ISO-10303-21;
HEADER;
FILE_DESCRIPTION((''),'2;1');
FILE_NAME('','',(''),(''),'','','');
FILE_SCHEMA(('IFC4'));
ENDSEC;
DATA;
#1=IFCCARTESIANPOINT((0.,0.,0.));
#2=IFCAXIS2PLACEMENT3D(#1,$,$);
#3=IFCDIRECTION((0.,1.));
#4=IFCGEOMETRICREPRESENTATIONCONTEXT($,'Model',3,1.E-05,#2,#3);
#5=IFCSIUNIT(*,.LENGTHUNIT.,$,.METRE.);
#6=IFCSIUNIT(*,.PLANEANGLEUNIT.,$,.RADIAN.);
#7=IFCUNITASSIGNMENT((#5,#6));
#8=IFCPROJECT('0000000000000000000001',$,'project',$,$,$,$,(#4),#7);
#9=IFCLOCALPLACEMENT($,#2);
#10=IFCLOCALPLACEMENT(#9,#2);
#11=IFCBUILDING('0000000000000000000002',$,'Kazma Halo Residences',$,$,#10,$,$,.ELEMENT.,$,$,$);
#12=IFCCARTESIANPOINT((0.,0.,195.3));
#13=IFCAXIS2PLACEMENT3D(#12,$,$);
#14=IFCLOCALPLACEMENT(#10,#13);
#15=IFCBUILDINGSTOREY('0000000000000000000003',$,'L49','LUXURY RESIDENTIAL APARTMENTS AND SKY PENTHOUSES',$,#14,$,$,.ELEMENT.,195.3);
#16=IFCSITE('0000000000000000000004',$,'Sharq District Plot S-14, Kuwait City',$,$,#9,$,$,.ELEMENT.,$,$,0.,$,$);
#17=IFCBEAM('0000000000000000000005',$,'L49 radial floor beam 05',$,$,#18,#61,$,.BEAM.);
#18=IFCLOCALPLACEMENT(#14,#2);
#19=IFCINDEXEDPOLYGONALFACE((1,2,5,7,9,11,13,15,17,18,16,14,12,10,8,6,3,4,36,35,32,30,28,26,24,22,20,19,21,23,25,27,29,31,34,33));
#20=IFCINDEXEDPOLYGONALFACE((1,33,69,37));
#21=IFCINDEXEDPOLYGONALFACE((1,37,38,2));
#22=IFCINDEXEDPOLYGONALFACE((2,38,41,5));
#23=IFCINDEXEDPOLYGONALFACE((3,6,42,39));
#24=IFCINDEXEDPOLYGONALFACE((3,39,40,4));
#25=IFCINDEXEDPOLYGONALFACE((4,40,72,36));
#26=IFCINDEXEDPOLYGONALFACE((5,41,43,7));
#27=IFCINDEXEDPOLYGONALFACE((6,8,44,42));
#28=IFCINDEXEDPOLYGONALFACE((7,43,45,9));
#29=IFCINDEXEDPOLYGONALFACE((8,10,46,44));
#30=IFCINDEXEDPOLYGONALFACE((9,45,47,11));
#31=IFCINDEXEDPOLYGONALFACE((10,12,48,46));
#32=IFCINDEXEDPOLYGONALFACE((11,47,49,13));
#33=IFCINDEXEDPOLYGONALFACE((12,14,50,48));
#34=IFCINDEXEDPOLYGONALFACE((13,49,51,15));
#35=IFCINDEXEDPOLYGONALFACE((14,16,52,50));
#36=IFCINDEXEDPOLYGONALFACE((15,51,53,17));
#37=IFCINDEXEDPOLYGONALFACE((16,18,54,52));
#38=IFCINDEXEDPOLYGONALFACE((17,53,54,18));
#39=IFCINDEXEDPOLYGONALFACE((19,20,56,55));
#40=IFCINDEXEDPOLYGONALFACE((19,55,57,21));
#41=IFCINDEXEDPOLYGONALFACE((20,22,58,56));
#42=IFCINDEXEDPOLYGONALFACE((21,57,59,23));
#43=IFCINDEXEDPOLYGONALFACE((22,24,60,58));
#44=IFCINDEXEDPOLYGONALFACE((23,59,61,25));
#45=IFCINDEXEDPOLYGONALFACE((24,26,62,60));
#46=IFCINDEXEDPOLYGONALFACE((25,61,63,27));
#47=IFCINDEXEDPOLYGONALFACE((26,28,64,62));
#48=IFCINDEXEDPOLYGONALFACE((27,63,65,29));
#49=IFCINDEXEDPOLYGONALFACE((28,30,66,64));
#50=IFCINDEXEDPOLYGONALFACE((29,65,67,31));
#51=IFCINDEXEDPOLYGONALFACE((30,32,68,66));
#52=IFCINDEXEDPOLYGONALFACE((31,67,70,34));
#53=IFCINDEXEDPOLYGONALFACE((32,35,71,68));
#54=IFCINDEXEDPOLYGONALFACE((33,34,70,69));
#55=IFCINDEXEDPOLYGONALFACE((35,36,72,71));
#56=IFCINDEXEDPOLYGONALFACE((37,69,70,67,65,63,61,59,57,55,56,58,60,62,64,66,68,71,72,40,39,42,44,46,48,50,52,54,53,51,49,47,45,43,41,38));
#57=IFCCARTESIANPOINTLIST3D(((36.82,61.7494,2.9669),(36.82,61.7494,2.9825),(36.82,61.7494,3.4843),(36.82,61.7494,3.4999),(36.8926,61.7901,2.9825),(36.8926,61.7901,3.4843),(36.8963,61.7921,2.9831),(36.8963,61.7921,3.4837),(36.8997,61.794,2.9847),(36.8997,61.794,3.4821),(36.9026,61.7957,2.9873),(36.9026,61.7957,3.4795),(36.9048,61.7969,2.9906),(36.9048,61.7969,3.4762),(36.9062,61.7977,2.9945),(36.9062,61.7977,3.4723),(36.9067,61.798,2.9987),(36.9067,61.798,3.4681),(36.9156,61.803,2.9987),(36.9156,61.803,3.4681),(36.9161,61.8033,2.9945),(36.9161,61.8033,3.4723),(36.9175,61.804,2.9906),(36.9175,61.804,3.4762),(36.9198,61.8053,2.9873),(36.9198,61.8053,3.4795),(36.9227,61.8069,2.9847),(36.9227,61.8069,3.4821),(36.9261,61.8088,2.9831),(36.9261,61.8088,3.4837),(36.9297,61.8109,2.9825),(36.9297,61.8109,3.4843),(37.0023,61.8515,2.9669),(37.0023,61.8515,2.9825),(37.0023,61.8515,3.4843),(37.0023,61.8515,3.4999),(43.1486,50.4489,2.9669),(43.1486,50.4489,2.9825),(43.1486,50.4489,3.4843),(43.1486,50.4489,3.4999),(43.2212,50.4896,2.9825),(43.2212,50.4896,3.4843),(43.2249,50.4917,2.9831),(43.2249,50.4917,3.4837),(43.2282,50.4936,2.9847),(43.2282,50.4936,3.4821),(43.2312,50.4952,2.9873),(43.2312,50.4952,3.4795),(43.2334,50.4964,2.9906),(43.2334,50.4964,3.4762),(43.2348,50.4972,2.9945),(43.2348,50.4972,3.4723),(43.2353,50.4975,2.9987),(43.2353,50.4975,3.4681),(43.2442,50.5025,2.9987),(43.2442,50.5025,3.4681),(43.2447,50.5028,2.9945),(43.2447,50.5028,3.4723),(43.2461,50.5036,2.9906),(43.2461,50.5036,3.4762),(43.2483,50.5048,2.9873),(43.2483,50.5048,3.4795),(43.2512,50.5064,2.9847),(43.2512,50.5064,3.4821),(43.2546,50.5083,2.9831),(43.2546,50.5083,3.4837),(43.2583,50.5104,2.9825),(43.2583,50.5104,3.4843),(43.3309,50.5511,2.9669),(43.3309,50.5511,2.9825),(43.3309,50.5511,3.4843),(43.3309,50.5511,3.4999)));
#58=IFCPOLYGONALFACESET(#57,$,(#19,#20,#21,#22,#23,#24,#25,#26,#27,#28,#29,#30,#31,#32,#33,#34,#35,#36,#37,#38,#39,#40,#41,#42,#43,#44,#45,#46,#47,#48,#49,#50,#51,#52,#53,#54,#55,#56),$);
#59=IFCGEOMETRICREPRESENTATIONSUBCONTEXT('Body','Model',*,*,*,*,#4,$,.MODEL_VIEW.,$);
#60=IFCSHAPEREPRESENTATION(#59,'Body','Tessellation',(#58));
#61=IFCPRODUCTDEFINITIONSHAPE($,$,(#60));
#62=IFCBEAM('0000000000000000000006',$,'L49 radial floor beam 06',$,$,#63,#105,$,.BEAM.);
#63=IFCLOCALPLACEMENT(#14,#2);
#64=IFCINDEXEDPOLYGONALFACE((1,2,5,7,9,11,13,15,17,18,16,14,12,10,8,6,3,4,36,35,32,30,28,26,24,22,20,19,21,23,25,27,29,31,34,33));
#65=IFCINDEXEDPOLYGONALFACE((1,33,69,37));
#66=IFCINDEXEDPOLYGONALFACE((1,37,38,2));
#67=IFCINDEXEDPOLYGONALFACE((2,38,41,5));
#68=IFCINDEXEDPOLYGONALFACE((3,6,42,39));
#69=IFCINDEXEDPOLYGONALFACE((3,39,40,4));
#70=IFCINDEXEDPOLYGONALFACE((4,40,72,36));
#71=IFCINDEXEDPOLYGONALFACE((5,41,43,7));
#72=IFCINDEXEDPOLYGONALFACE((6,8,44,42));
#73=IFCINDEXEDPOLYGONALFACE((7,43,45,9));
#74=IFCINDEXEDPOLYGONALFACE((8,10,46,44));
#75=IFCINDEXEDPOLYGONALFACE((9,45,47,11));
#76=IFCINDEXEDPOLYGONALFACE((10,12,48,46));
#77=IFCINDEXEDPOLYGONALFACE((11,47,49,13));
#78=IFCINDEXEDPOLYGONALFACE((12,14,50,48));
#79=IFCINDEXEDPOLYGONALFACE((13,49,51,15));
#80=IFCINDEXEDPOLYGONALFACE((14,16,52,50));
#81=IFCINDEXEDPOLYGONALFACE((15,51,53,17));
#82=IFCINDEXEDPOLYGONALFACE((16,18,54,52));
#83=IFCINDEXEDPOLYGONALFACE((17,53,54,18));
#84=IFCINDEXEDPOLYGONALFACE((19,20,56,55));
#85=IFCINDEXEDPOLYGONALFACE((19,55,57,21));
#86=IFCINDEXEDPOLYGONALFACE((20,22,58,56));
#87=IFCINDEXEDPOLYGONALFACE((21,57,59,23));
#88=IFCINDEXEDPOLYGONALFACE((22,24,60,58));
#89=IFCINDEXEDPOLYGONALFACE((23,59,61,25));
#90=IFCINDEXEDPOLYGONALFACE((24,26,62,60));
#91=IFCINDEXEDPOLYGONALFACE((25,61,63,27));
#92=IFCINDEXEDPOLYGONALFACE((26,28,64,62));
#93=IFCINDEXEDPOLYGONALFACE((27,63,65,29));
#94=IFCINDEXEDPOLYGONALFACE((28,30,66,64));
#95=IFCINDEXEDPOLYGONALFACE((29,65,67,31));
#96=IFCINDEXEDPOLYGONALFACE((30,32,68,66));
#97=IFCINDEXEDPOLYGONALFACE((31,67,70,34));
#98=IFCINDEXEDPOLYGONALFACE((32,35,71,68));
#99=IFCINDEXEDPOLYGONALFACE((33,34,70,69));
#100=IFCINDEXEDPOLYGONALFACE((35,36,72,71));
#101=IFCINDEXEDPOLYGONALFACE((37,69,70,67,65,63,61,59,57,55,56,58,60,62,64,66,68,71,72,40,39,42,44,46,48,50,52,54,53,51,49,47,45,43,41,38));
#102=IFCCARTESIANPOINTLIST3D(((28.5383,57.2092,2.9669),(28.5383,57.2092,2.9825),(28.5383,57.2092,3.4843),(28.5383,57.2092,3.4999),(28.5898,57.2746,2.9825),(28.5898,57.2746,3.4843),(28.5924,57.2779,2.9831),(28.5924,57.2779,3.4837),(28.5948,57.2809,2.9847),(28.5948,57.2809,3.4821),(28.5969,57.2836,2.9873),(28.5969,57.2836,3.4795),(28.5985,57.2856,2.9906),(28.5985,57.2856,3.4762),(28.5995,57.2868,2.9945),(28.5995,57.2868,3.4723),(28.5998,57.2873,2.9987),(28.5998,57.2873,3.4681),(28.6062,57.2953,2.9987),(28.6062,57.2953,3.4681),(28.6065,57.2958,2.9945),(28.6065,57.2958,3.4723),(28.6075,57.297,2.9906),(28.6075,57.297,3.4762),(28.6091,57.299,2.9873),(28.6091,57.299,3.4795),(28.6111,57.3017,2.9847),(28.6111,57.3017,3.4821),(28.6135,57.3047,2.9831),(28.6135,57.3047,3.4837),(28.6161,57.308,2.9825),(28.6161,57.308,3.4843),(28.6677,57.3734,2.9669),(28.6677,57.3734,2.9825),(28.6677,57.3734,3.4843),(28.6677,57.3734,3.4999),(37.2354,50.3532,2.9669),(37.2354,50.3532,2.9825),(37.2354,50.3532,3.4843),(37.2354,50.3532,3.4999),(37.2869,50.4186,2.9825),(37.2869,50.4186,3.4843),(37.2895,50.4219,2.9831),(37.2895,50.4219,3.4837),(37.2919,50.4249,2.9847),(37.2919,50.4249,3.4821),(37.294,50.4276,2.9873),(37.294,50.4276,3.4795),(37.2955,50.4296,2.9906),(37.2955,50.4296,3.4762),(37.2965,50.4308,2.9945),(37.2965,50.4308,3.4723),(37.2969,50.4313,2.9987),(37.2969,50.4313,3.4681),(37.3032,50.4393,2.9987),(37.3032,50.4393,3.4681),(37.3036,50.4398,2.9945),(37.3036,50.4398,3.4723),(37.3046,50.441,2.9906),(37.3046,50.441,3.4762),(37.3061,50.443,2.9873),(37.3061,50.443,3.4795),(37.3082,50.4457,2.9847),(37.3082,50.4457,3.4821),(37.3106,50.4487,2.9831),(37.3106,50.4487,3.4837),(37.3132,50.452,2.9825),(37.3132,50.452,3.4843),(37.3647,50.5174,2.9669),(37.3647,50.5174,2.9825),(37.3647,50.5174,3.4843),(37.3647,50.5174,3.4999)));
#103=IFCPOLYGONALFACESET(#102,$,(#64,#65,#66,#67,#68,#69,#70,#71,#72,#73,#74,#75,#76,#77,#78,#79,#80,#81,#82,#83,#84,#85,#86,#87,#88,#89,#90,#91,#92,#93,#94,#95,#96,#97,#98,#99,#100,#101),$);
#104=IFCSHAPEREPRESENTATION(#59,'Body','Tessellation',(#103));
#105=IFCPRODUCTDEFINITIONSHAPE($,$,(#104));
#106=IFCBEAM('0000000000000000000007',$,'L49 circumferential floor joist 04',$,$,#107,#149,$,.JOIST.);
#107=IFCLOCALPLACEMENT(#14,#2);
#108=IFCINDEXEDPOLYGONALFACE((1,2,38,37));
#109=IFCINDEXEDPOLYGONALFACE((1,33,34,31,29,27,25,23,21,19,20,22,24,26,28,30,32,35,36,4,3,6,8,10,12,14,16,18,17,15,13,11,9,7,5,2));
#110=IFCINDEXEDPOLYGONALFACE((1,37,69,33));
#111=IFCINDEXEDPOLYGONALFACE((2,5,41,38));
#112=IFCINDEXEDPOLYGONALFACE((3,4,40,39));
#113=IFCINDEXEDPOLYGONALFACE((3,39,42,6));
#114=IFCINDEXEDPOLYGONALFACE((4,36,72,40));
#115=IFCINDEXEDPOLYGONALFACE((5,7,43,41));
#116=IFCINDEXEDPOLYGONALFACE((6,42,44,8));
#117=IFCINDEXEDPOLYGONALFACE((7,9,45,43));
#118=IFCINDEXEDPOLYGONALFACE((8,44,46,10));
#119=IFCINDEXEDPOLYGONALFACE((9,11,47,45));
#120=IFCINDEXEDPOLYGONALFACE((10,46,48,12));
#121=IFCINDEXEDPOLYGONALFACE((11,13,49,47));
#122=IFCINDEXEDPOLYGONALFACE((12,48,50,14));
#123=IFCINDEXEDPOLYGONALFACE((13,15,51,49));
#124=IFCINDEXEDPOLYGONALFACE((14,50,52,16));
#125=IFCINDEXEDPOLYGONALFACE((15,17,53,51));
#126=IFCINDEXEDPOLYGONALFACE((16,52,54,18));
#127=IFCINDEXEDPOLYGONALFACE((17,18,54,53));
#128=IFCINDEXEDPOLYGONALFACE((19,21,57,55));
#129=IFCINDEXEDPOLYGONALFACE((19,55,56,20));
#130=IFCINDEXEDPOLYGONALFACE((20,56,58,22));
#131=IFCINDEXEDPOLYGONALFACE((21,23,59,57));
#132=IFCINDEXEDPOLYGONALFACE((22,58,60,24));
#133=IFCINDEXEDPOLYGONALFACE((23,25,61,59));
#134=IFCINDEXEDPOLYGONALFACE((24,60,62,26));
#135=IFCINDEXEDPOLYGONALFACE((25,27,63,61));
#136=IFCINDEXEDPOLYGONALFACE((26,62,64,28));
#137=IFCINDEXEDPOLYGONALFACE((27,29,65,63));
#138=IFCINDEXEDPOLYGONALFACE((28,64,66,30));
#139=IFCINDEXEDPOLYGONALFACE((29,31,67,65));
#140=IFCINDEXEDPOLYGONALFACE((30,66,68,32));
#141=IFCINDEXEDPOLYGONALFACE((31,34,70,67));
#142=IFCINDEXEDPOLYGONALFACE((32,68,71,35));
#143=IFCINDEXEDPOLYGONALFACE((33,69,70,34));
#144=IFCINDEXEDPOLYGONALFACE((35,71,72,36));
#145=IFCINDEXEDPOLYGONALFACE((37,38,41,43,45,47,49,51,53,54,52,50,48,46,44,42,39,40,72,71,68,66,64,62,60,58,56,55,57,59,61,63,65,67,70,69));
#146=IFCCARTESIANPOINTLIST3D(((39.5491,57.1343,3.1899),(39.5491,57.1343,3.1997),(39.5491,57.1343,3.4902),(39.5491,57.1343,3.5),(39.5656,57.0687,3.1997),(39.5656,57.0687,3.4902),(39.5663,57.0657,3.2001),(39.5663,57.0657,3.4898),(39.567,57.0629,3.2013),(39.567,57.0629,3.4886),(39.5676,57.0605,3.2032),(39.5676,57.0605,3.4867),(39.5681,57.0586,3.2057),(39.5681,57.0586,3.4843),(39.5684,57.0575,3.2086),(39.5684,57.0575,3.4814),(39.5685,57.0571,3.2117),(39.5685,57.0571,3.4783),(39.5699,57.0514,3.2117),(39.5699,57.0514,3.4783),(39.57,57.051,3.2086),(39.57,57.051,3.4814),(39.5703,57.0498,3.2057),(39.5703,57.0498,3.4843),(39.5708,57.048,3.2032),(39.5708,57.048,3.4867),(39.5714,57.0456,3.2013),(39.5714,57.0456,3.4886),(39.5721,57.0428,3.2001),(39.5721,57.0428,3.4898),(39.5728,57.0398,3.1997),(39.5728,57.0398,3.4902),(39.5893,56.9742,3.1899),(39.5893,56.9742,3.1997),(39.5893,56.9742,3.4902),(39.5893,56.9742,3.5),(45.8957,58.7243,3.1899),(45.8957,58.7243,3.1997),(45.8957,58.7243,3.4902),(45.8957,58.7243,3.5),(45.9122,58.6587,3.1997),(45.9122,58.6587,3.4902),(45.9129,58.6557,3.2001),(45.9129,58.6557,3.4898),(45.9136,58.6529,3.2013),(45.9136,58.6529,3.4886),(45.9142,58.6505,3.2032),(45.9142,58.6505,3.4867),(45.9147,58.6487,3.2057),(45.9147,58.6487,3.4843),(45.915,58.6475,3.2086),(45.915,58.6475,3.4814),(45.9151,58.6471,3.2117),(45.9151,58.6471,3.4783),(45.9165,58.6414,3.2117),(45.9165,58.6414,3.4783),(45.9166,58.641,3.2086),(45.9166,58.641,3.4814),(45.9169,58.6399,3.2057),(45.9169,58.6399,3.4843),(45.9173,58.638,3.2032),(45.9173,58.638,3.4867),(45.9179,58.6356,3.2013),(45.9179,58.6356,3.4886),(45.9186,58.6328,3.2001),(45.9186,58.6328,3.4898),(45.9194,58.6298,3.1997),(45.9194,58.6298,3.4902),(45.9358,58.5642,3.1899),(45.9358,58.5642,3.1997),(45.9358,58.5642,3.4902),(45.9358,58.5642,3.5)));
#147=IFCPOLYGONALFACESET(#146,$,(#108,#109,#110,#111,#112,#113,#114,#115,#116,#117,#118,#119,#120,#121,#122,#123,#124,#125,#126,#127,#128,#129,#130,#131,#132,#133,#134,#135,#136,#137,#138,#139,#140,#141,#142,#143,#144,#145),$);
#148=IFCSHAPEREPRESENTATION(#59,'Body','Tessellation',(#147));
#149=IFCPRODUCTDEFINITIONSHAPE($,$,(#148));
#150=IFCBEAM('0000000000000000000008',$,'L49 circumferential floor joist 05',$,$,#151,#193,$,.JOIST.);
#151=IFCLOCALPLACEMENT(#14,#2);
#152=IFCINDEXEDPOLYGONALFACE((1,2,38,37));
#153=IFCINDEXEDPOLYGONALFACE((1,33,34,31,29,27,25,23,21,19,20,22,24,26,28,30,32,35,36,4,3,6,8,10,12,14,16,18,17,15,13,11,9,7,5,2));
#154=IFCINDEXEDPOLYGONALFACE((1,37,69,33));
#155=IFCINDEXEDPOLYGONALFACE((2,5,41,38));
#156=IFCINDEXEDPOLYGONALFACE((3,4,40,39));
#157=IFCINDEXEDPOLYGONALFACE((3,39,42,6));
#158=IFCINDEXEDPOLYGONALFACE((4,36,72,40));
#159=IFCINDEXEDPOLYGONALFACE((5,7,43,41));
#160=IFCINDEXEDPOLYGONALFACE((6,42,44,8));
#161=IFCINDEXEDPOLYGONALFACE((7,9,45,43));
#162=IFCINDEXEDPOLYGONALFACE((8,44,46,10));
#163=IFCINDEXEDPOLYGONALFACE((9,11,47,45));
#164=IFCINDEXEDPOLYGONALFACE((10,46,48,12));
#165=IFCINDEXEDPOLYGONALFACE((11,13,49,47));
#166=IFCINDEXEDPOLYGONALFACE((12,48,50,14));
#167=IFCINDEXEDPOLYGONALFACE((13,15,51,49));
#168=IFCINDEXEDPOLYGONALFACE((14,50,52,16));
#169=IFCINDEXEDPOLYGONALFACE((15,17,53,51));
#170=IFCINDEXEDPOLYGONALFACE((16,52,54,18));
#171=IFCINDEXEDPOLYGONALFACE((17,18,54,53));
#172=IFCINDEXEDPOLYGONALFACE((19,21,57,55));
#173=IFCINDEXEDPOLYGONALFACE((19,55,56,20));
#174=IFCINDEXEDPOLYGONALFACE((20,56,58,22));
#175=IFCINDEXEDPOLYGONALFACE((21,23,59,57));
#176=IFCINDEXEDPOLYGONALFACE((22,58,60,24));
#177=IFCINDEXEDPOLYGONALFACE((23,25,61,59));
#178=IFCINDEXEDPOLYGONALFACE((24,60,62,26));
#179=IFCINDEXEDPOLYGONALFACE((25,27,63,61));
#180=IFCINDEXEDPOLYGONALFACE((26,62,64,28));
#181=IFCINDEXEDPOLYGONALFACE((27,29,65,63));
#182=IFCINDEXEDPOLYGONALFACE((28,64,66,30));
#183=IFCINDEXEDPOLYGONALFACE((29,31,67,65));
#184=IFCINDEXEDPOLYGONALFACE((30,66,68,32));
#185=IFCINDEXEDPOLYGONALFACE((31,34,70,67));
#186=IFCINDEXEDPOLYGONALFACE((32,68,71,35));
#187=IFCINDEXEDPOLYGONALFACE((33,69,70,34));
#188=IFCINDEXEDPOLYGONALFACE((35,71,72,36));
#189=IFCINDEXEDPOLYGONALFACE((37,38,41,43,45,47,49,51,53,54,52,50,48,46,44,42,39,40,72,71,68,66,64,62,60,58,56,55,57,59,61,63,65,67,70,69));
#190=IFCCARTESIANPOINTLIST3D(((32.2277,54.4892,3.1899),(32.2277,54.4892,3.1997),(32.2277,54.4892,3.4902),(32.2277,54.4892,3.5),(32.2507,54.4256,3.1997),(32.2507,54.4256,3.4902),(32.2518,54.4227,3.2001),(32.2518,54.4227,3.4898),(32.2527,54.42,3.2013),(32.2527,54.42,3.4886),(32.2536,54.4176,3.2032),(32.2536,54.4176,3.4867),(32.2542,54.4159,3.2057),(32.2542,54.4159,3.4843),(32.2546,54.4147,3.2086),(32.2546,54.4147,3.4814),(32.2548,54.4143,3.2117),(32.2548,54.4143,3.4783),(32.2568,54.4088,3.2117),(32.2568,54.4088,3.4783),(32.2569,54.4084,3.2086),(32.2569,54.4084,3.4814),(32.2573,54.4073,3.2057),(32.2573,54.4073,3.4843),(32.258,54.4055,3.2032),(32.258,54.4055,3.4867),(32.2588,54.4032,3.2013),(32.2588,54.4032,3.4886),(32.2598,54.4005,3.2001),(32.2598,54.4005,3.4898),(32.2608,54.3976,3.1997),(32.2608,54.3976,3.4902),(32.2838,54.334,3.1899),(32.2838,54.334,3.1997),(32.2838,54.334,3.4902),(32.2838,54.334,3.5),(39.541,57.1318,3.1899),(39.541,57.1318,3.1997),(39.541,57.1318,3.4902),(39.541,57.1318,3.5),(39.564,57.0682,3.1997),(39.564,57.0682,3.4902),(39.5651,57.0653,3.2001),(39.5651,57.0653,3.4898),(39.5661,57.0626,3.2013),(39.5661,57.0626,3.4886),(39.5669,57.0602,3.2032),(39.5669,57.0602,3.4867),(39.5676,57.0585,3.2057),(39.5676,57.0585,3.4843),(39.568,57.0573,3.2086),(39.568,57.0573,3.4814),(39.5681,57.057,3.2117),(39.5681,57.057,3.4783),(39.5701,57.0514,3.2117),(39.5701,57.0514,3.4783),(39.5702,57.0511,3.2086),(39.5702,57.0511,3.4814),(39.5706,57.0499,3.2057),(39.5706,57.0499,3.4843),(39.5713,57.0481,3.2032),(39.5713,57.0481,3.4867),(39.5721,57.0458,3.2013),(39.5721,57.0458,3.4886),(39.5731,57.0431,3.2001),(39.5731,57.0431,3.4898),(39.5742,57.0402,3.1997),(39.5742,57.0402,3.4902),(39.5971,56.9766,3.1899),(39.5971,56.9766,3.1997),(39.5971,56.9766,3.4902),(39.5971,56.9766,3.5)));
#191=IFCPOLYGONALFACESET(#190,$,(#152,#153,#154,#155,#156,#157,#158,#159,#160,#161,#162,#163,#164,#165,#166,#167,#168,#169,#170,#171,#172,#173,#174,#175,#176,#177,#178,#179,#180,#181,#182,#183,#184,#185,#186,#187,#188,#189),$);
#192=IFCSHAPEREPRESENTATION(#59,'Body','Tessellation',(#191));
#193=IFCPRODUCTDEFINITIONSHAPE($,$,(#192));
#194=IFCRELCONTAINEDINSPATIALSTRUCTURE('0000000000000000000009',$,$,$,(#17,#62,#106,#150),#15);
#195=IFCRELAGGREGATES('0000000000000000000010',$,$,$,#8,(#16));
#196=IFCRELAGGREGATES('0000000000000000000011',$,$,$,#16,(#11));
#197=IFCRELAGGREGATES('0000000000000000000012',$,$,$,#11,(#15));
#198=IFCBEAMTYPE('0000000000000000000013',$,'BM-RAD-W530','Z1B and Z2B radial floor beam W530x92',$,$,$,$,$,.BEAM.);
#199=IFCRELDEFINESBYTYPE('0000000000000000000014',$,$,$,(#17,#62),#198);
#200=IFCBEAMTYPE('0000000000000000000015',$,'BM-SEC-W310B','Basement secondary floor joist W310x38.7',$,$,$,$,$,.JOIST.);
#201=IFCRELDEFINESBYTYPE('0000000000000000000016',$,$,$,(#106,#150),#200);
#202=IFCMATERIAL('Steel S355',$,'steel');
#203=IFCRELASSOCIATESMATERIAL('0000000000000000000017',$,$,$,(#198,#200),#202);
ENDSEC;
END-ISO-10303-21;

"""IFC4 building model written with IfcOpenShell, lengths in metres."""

from ifc_helpers import new_model, si_unit, direction, frame, origin, origin_2d, place, context, subcontext, project, spatial, i_section, extrude, material, material_profile, profile_set, type_object, element, save


model = new_model("IFC4")

# Units and contexts
model_context = context("Model", 3, precision=1e-05, world=origin(), true_north=direction((0.0, 1.0)))
body_context = subcontext(model_context, "Body", "Model", "MODEL_VIEW")
ifc_project = project(units=[si_unit("LENGTHUNIT", "METRE"), si_unit("PLANEANGLEUNIT", "RADIAN")], contexts=[model_context])

# Site, building, storey
site_placement = place(None, origin())
site = spatial("IfcSite", under=ifc_project, at=site_placement, Name="Sharq District Plot S-14, Kuwait City", CompositionType="ELEMENT", RefElevation=0.0)
building_placement = place(site_placement, origin())
building = spatial("IfcBuilding", under=site, at=building_placement, Name="Kazma Halo Residences", CompositionType="ELEMENT")
storey_placement = place(building_placement, frame((0.0, 0.0, 195.3)))
storey = spatial("IfcBuildingStorey", under=building, at=storey_placement, Name="L49", Description="LUXURY RESIDENTIAL APARTMENTS AND SKY PENTHOUSES", CompositionType="ELEMENT", Elevation=195.3)

# Beams
ifc_material_1 = material(Name="Steel S355", Category="steel")
ifc_material_profile_1 = material_profile(ifc_material_1, i_section(OverallWidth=0.209, OverallDepth=0.533, WebThickness=0.0103, FlangeThickness=0.0156, FilletRadius=0.0161, at=origin_2d()), Name="W530x92")
ifc_profile_set_1 = profile_set([ifc_material_profile_1], Name="Steel S355")
beam_type_1 = type_object("IfcBeamType", Name="BM-RAD-W530", Description="Z1B and Z2B radial floor beam W530x92", PredefinedType="BEAM", material=ifc_profile_set_1)
beam_1_placement = place(storey_placement, frame((43.2397, 50.5, 3.2334), z_axis=(-0.488622, 0.872496, 0.0), x_axis=(-0.872496, -0.488622, 0.0)))
element("IfcBeam", 1, at=beam_1_placement, inside=storey, type_object=beam_type_1, Name="L49 radial floor beam 05", PredefinedType="BEAM", context=body_context, shape_type="SweptSolid", body=[
    extrude(i_section(OverallWidth=0.209, OverallDepth=0.533, WebThickness=0.0103, FlangeThickness=0.0156, FilletRadius=0.0161, at=origin_2d()), origin(), (0.0, 0.0, 1.0), 12.9519),
])
beam_2_placement = place(storey_placement, frame((37.3, 50.4353, 3.2334), z_axis=(-0.785327, 0.619082, 0.0), x_axis=(-0.619082, -0.785327, 0.0)))
element("IfcBeam", 2, at=beam_2_placement, inside=storey, type_object=beam_type_1, Name="L49 radial floor beam 06", PredefinedType="BEAM", context=body_context, shape_type="SweptSolid", body=[
    extrude(i_section(OverallWidth=0.209, OverallDepth=0.533, WebThickness=0.0103, FlangeThickness=0.0156, FilletRadius=0.0161, at=origin_2d()), origin(), (0.0, 0.0, 1.0), 11.0745),
])
ifc_material_profile_2 = material_profile(ifc_material_1, i_section(OverallWidth=0.165, OverallDepth=0.3101, WebThickness=0.0059, FlangeThickness=0.0098, FilletRadius=0.012, at=origin_2d()), Name="W310x38.7")
ifc_profile_set_2 = profile_set([ifc_material_profile_2], Name="Steel S355")
beam_type_2 = type_object("IfcBeamType", Name="BM-SEC-W310B", Description="Basement secondary floor joist W310x38.7", PredefinedType="JOIST", material=ifc_profile_set_2)
beam_3_placement = place(storey_placement, frame((45.9158, 58.6443, 3.345), z_axis=(-0.970019, -0.243027, 0.0), x_axis=(0.243027, -0.970019, 0.0)))
element("IfcBeam", 3, at=beam_3_placement, inside=storey, type_object=beam_type_2, Name="L49 circumferential floor joist 04", PredefinedType="JOIST", context=body_context, shape_type="SweptSolid", body=[
    extrude(i_section(OverallWidth=0.165, OverallDepth=0.3101, WebThickness=0.0059, FlangeThickness=0.0098, FilletRadius=0.012, at=origin_2d()), origin(), (0.0, 0.0, 1.0), 6.5427),
])
beam_4_placement = place(storey_placement, frame((39.5691, 57.0542, 3.345), z_axis=(-0.940485, -0.339837, 0.0), x_axis=(0.339837, -0.940485, 0.0)))
element("IfcBeam", 4, at=beam_4_placement, inside=storey, type_object=beam_type_2, Name="L49 circumferential floor joist 05", PredefinedType="JOIST", context=body_context, shape_type="SweptSolid", body=[
    extrude(i_section(OverallWidth=0.165, OverallDepth=0.3101, WebThickness=0.0059, FlangeThickness=0.0098, FilletRadius=0.012, at=origin_2d()), origin(), (0.0, 0.0, 1.0), 7.7761),
])

save(model, "model.ifc")
